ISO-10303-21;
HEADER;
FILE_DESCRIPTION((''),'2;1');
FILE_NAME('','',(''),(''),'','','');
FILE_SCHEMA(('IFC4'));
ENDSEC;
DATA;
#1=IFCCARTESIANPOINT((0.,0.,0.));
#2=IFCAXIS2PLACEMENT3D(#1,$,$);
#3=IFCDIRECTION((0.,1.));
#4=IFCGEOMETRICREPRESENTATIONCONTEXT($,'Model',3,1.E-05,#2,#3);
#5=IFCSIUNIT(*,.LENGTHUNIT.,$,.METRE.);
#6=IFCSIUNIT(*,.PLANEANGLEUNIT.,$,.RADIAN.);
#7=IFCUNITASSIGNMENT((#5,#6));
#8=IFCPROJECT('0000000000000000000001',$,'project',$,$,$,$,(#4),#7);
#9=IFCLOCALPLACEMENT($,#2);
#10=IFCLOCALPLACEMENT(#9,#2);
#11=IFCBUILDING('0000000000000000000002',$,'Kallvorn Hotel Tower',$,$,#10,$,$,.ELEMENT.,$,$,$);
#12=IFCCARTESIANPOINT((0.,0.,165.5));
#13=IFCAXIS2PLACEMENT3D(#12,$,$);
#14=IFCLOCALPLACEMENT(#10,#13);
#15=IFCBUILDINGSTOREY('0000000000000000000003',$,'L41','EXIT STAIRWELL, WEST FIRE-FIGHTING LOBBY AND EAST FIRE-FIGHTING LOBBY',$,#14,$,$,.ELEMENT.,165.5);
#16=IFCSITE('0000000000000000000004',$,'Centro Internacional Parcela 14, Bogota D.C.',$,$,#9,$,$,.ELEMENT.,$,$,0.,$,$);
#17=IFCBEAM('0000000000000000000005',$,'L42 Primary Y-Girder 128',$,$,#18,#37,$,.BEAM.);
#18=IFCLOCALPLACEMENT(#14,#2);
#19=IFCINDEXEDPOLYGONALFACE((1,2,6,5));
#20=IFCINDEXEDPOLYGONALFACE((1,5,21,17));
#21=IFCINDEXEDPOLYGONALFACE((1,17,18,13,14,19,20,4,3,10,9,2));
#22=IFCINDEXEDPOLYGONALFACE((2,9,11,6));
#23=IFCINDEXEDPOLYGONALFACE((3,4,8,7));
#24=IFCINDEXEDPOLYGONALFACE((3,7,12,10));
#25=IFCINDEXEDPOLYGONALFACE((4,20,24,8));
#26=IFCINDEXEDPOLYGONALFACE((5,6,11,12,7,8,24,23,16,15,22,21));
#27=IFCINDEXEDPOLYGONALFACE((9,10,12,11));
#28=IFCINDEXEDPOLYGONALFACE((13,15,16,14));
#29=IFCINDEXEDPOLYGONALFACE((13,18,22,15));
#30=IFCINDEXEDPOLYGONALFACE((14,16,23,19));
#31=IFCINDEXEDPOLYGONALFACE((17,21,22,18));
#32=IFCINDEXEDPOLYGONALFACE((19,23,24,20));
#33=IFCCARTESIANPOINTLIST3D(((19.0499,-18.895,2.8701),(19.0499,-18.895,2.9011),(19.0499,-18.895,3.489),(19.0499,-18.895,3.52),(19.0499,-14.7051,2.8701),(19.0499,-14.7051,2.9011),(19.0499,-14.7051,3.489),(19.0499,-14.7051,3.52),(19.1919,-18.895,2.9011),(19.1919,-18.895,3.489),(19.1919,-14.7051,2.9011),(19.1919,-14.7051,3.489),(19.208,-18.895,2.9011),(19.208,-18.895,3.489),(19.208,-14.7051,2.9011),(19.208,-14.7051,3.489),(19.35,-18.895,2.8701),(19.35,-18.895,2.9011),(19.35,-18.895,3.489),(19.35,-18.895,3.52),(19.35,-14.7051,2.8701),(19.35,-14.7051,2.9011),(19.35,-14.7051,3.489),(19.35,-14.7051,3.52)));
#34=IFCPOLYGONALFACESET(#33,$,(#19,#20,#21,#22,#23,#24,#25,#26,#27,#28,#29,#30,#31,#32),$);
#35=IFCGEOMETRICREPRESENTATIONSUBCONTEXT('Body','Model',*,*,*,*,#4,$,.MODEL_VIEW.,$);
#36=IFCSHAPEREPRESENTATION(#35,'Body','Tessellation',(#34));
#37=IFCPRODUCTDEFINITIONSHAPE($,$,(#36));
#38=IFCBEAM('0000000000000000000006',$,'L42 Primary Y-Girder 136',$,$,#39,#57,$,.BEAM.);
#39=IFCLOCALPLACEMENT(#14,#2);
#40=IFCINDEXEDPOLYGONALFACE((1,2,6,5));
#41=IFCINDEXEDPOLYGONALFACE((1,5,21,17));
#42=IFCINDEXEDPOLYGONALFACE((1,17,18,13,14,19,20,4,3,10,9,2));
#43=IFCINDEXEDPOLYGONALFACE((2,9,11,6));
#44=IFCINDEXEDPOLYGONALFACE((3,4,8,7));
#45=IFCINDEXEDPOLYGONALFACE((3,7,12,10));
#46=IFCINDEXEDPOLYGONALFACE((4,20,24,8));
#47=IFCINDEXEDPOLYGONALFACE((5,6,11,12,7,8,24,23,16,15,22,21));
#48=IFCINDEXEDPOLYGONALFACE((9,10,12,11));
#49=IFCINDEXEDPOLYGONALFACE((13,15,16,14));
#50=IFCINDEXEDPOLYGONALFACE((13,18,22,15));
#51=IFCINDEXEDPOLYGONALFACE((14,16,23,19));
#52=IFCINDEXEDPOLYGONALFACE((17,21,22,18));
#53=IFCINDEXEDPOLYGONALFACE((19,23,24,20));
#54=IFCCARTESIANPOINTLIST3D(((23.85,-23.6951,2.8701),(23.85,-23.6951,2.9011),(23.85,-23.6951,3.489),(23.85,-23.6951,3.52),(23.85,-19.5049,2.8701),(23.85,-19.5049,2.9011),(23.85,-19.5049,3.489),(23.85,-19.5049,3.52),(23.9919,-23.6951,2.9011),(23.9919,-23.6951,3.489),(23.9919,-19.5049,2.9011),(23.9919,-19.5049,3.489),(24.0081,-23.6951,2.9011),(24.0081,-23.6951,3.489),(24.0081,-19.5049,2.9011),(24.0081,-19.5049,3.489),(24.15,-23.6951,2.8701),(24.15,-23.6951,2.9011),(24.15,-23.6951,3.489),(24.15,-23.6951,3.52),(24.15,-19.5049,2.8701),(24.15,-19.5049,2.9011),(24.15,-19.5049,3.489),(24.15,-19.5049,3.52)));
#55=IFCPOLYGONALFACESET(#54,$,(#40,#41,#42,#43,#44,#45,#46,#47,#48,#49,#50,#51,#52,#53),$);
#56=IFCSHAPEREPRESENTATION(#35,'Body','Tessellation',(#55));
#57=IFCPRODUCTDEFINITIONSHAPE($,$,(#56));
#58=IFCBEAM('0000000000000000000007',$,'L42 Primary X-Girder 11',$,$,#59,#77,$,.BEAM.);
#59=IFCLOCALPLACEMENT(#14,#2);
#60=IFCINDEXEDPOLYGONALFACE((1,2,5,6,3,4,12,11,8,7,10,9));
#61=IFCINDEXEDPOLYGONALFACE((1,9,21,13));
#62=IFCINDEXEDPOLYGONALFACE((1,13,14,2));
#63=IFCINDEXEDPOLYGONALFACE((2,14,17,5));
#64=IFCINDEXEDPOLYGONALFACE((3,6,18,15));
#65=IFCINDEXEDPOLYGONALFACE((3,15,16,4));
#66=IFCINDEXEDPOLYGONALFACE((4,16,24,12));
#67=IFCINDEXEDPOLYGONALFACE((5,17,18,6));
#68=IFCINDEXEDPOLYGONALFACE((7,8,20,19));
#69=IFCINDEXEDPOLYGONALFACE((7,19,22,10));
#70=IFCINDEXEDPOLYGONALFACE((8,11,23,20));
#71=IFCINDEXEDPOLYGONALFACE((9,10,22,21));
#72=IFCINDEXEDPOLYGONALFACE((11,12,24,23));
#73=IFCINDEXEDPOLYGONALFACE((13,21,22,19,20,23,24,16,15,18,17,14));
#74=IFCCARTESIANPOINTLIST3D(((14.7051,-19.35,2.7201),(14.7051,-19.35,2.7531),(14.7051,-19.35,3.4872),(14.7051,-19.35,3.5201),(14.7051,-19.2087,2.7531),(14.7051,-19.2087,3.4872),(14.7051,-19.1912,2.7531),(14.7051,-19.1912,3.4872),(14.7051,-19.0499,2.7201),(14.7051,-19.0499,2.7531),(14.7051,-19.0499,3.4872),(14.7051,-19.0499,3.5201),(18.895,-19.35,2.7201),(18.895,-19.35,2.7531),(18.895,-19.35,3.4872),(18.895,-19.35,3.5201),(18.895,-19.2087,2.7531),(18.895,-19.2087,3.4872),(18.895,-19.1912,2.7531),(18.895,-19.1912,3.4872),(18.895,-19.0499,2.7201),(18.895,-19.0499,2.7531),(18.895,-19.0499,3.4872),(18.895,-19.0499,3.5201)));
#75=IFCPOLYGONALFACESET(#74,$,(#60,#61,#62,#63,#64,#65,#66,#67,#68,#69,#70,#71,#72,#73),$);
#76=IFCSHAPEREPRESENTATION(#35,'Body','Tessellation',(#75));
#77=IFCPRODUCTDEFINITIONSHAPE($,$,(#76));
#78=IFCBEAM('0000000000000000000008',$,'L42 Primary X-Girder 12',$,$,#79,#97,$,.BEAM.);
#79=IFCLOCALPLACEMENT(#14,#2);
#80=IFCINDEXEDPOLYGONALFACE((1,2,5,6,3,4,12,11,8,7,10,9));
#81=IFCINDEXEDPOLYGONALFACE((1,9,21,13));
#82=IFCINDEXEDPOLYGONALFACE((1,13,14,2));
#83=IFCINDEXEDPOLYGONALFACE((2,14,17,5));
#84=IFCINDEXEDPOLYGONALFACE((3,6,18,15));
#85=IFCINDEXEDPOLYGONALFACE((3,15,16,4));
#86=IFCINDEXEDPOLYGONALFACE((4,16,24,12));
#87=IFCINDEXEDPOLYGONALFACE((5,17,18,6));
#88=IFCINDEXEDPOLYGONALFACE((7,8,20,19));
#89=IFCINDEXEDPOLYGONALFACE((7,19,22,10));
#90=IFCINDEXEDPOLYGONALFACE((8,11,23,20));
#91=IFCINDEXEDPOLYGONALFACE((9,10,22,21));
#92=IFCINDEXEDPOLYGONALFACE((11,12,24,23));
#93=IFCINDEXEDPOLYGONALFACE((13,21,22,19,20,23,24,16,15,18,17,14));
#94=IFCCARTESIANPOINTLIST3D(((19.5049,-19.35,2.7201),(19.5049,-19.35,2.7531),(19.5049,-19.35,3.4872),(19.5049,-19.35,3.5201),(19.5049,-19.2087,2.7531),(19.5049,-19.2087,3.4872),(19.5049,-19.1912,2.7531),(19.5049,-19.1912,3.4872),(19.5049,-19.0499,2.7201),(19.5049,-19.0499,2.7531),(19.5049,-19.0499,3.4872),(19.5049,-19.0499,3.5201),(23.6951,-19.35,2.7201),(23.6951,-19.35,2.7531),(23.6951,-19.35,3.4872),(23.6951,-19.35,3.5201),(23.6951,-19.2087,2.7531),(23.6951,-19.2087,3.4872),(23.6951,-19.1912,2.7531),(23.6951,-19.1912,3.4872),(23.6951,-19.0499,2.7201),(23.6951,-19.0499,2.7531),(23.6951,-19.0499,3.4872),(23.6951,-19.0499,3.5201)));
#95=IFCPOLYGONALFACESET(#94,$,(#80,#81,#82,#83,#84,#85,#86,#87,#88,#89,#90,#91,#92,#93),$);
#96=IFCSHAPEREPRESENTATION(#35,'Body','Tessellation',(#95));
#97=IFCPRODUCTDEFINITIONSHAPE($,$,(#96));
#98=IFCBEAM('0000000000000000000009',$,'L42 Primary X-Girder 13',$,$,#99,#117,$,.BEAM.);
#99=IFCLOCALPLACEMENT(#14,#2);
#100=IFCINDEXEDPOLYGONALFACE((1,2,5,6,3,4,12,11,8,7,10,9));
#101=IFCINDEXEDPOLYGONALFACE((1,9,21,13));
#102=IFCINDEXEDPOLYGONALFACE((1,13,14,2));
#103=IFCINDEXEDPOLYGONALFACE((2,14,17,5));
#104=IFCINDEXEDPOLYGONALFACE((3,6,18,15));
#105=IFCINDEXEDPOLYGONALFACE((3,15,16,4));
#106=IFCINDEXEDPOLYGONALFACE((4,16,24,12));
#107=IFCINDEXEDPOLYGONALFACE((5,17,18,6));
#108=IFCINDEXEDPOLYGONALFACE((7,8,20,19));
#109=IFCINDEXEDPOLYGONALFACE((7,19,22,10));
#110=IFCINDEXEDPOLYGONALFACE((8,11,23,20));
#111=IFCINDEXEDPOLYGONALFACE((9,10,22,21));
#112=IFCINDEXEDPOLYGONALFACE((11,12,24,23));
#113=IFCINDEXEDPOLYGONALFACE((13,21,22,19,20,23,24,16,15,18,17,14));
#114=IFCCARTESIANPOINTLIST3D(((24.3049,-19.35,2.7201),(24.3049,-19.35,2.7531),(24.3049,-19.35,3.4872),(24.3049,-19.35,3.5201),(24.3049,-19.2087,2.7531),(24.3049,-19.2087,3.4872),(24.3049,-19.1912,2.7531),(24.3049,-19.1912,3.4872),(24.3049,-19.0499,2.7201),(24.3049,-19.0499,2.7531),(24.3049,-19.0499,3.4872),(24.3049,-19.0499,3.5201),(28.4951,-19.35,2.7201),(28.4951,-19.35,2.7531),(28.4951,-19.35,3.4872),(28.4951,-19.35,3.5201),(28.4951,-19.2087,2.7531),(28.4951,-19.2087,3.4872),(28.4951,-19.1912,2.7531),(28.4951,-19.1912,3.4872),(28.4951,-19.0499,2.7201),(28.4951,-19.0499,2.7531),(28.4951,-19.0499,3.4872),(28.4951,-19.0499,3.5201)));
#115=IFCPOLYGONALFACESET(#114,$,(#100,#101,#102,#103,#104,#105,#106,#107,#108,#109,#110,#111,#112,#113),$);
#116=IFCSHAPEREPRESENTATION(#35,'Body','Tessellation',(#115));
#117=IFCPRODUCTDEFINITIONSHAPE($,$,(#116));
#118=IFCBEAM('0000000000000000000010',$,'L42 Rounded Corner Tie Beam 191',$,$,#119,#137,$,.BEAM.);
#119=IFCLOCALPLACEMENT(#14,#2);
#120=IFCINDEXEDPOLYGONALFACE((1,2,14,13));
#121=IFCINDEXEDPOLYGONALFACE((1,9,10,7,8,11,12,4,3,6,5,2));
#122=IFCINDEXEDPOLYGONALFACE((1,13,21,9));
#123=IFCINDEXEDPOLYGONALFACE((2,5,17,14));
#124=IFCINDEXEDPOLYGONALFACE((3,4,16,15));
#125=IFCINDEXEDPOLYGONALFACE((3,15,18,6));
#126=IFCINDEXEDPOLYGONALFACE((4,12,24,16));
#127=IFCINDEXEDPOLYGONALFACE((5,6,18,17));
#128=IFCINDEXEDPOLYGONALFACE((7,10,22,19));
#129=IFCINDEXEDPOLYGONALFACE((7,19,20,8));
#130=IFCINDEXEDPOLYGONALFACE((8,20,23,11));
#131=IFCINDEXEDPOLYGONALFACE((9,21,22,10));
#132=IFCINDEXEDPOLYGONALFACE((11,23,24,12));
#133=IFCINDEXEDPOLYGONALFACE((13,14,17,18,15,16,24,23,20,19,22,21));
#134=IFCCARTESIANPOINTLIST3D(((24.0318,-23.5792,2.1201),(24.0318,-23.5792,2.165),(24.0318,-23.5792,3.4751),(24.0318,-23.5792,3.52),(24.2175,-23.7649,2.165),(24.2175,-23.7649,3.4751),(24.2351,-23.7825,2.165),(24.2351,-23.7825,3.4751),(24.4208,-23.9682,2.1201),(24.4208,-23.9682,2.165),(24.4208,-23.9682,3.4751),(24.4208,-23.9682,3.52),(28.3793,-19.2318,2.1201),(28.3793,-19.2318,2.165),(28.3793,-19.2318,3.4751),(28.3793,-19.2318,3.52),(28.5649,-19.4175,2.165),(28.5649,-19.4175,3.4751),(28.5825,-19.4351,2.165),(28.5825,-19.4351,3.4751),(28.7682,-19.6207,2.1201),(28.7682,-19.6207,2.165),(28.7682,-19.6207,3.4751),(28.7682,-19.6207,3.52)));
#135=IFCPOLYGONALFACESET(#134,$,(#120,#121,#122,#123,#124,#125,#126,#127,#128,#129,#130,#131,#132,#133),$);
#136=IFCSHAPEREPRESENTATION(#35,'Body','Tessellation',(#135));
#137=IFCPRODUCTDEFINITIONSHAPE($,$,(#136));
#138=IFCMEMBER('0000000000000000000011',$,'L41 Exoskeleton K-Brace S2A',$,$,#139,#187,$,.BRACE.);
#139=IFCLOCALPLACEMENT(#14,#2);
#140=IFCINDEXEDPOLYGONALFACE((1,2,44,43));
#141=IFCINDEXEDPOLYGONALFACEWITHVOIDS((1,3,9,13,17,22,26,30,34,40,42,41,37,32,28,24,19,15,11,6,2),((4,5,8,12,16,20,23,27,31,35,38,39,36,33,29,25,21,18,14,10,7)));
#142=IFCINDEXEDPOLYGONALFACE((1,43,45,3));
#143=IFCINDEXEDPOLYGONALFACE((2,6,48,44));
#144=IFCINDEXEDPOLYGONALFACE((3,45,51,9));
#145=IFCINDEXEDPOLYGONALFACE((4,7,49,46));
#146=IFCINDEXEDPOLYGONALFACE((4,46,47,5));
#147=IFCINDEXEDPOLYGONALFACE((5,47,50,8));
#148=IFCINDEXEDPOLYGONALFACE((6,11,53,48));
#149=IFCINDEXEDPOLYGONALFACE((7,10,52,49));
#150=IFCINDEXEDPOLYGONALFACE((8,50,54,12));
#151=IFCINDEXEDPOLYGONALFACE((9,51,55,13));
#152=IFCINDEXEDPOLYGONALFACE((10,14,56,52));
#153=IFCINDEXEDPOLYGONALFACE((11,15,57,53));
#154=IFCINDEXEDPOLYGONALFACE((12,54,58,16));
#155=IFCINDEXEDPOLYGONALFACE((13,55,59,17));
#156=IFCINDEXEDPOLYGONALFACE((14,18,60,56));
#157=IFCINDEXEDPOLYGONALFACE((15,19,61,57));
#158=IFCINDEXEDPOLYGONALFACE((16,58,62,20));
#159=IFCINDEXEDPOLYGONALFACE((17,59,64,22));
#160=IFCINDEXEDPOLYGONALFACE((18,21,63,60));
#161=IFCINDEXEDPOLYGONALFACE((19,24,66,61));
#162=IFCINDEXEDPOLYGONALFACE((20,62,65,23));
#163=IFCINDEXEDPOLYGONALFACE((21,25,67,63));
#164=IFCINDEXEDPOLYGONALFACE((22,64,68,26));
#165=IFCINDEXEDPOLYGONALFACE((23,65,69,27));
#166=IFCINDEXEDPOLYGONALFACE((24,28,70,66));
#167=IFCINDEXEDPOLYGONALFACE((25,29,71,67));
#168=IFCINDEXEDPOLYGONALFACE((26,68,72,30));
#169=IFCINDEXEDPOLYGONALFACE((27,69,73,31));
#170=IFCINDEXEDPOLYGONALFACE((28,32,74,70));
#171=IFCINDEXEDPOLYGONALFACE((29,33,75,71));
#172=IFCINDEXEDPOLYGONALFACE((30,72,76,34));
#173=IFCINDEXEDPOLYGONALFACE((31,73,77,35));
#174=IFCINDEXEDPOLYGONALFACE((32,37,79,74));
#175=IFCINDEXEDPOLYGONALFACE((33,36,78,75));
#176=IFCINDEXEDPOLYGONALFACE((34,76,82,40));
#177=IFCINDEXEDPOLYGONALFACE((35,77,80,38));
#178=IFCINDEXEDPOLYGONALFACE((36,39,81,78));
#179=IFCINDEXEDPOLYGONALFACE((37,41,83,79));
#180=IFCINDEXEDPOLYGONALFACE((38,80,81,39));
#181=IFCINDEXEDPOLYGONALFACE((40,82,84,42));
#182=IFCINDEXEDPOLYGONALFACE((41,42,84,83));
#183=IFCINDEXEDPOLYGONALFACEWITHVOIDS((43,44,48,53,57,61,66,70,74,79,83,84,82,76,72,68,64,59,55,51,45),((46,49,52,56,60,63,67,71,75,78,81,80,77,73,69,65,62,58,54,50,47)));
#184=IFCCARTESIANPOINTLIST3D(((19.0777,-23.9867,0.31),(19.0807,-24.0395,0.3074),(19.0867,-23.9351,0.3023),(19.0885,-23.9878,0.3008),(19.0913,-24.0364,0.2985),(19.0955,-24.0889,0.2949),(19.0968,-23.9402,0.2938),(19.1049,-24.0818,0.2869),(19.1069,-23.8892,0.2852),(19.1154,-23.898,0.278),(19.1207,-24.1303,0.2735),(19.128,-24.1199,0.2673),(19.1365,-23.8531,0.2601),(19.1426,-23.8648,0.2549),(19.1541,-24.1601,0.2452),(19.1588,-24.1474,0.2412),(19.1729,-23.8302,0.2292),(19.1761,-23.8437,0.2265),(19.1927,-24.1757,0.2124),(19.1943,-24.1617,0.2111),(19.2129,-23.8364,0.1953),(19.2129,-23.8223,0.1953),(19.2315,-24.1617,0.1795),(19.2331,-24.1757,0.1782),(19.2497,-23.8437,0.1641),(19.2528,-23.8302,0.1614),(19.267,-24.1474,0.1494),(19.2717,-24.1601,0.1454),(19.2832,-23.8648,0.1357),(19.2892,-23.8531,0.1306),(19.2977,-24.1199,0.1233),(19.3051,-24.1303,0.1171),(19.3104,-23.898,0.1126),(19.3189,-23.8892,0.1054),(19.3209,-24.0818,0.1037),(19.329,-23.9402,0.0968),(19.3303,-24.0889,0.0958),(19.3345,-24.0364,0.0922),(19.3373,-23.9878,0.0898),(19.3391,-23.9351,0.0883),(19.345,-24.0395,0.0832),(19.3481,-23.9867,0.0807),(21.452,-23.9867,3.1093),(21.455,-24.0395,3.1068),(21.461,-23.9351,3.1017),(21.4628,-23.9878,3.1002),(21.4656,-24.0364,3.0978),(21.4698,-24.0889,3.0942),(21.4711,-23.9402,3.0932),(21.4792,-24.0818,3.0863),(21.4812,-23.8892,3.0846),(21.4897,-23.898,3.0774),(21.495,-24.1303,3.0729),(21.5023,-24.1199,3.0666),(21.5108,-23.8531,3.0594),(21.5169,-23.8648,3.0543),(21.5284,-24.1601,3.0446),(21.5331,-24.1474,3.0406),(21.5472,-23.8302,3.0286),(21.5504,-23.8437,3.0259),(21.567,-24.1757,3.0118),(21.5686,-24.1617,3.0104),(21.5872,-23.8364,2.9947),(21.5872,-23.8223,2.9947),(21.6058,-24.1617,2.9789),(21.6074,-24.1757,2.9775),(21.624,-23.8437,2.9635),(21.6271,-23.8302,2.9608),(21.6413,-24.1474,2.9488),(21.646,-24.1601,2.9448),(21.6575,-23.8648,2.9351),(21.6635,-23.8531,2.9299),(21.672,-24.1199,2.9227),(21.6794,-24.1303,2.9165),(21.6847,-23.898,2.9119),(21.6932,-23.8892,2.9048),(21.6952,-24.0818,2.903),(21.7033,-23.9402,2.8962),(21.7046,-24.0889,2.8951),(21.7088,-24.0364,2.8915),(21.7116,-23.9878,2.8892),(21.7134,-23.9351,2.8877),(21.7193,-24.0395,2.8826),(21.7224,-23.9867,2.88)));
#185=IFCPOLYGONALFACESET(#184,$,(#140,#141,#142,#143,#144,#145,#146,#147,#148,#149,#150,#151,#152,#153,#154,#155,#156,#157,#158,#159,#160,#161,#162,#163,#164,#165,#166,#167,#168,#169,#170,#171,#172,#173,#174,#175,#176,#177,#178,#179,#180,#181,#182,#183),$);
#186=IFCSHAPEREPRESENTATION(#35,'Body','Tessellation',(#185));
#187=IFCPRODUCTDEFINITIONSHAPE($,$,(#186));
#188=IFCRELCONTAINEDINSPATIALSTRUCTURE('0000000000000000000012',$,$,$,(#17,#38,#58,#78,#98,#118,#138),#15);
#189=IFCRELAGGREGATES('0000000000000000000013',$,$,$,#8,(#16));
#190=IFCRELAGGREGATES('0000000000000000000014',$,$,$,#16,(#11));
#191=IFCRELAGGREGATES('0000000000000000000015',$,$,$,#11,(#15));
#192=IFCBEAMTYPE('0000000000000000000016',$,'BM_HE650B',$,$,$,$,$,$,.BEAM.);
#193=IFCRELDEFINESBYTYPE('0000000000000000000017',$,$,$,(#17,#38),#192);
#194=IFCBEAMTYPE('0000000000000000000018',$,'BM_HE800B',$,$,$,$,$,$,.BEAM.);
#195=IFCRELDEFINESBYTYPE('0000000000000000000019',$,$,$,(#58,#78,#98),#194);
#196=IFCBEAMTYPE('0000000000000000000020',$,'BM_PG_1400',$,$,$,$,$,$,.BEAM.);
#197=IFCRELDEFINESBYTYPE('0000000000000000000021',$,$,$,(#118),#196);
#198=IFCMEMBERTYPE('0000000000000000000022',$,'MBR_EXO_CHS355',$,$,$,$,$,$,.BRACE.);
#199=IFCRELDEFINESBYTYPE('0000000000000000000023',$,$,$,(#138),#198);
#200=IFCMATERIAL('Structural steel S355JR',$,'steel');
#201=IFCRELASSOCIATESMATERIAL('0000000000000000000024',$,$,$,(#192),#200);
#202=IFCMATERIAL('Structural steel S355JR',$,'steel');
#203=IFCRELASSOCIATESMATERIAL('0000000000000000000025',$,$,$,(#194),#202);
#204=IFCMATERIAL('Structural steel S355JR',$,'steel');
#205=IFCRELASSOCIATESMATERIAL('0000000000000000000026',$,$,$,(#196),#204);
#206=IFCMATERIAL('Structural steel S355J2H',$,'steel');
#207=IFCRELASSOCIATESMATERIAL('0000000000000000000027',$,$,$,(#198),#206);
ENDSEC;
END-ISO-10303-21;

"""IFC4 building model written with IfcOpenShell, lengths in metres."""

from ifc_helpers import new_model, si_unit, direction, frame, origin, origin_2d, place, context, subcontext, project, spatial, hollow_circle, i_section, extrude, material, material_profile, profile_set, type_object, element, save


model = new_model("IFC4")

# Units and contexts
model_context = context("Model", 3, precision=1e-05, world=origin(), true_north=direction((0.0, 1.0)))
body_context = subcontext(model_context, "Body", "Model", "MODEL_VIEW")
ifc_project = project(units=[si_unit("LENGTHUNIT", "METRE"), si_unit("PLANEANGLEUNIT", "RADIAN")], contexts=[model_context])

# Site, building, storey
site_placement = place(None, origin())
site = spatial("IfcSite", under=ifc_project, at=site_placement, Name="Centro Internacional Parcela 14, Bogota D.C.", CompositionType="ELEMENT", RefElevation=0.0)
building_placement = place(site_placement, origin())
building = spatial("IfcBuilding", under=site, at=building_placement, Name="Kallvorn Hotel Tower", CompositionType="ELEMENT")
storey_placement = place(building_placement, frame((0.0, 0.0, 165.5)))
storey = spatial("IfcBuildingStorey", under=building, at=storey_placement, Name="L41", Description="EXIT STAIRWELL, WEST FIRE-FIGHTING LOBBY AND EAST FIRE-FIGHTING LOBBY", CompositionType="ELEMENT", Elevation=165.5)

# Beams
ifc_material_1 = material(Name="Structural steel S355JR", Category="steel")
ifc_material_profile_1 = material_profile(ifc_material_1, i_section(OverallWidth=0.3, OverallDepth=0.6499, WebThickness=0.0161, FlangeThickness=0.031, at=origin_2d()), Name="HE 650 B")
ifc_profile_set_1 = profile_set([ifc_material_profile_1], Name="Structural steel S355JR")
beam_type_1 = type_object("IfcBeamType", Name="BM_HE650B", PredefinedType="BEAM", material=ifc_profile_set_1)
beam_1_placement = place(storey_placement, frame((19.2, -18.895, 3.1951), z_axis=(0.0, 1.0, 0.0), x_axis=(-1.0, 0.0, 0.0)))
element("IfcBeam", 1, at=beam_1_placement, inside=storey, type_object=beam_type_1, Name="L42 Primary Y-Girder 128", PredefinedType="BEAM", context=body_context, shape_type="SweptSolid", body=[
    extrude(i_section(OverallWidth=0.3, OverallDepth=0.6499, WebThickness=0.0161, FlangeThickness=0.031, at=origin_2d()), origin(), (0.0, 0.0, 1.0), 4.1899),
])
beam_2_placement = place(storey_placement, frame((24.0, -23.6951, 3.1951), z_axis=(0.0, 1.0, 0.0), x_axis=(-1.0, 0.0, 0.0)))
element("IfcBeam", 2, at=beam_2_placement, inside=storey, type_object=beam_type_1, Name="L42 Primary Y-Girder 136", PredefinedType="BEAM", context=body_context, shape_type="SweptSolid", body=[
    extrude(i_section(OverallWidth=0.3, OverallDepth=0.6499, WebThickness=0.0161, FlangeThickness=0.031, at=origin_2d()), origin(), (0.0, 0.0, 1.0), 4.1902),
])
ifc_material_2 = material(Name="Structural steel S355JR", Category="steel")
ifc_material_profile_2 = material_profile(ifc_material_2, i_section(OverallWidth=0.3, OverallDepth=0.8, WebThickness=0.0176, FlangeThickness=0.033, at=origin_2d()), Name="HE 800 B")
ifc_profile_set_2 = profile_set([ifc_material_profile_2], Name="Structural steel S355JR")
beam_type_2 = type_object("IfcBeamType", Name="BM_HE800B", PredefinedType="BEAM", material=ifc_profile_set_2)
beam_3_placement = place(storey_placement, frame((14.7051, -19.2, 3.1201), z_axis=(1.0, 0.0, 0.0), x_axis=(0.0, 1.0, 0.0)))
element("IfcBeam", 3, at=beam_3_placement, inside=storey, type_object=beam_type_2, Name="L42 Primary X-Girder 11", PredefinedType="BEAM", context=body_context, shape_type="SweptSolid", body=[
    extrude(i_section(OverallWidth=0.3, OverallDepth=0.8, WebThickness=0.0176, FlangeThickness=0.033, at=origin_2d()), origin(), (0.0, 0.0, 1.0), 4.1899),
])
for number, where, z_axis, x_axis, name in (
    (4, (19.5049, -19.2, 3.1201), (1.0, 0.0, 0.0), (0.0, 1.0, 0.0), "L42 Primary X-Girder 12"),
    (5, (24.3049, -19.2, 3.1201), (1.0, 0.0, 0.0), (0.0, 1.0, 0.0), "L42 Primary X-Girder 13"),
):
    element("IfcBeam", number, at=place(storey_placement, frame(where, z_axis=z_axis, x_axis=x_axis)), inside=storey, type_object=beam_type_2, Name=name, PredefinedType="BEAM", context=body_context, shape_type="SweptSolid", body=[
        extrude(i_section(OverallWidth=0.3, OverallDepth=0.8, WebThickness=0.0176, FlangeThickness=0.033, at=origin_2d()), origin(), (0.0, 0.0, 1.0), 4.1902),
    ])
ifc_material_3 = material(Name="Structural steel S355JR", Category="steel")
ifc_material_profile_3 = material_profile(ifc_material_3, i_section(OverallWidth=0.55, OverallDepth=1.3999, WebThickness=0.0249, FlangeThickness=0.0449, at=origin_2d()), Name="PG 1400x550x25x45")
ifc_profile_set_3 = profile_set([ifc_material_profile_3], Name="Structural steel S355JR")
beam_type_3 = type_object("IfcBeamType", Name="BM_PG_1400", PredefinedType="BEAM", material=ifc_profile_set_3)
beam_4_placement = place(storey_placement, frame((28.5737, -19.4263, 2.8201), z_axis=(-0.707107, -0.707107, 0.0), x_axis=(0.707107, -0.707107, 0.0)))
element("IfcBeam", 6, at=beam_4_placement, inside=storey, type_object=beam_type_3, Name="L42 Rounded Corner Tie Beam 191", PredefinedType="BEAM", context=body_context, shape_type="SweptSolid", body=[
    extrude(i_section(OverallWidth=0.55, OverallDepth=1.3999, WebThickness=0.0249, FlangeThickness=0.0449, at=origin_2d()), origin(), (0.0, 0.0, 1.0), 6.1482),
])

# Member
ifc_material_4 = material(Name="Structural steel S355J2H", Category="steel")
ifc_material_profile_4 = material_profile(ifc_material_4, hollow_circle(Radius=0.1777, WallThickness=0.0142, at=origin_2d()), Name="CHS 355.6x14.2")
ifc_profile_set_4 = profile_set([ifc_material_profile_4], Name="Structural steel S355J2H")
member_type = type_object("IfcMemberType", Name="MBR_EXO_CHS355", PredefinedType="BRACE", material=ifc_profile_set_4)
for number, where, z_axis, x_axis, name in (
    (7, (19.2129, -24.0, 0.1953), (0.646833, 0.0, 0.762631), (0.0, 1.0, 0.0), "L41 Exoskeleton K-Brace S2A"),
):
    element("IfcMember", number, at=place(storey_placement, frame(where, z_axis=z_axis, x_axis=x_axis)), inside=storey, type_object=member_type, Name=name, PredefinedType="BRACE", context=body_context, shape_type="SweptSolid", body=[
        extrude(hollow_circle(Radius=0.1777, WallThickness=0.0142, at=origin_2d()), origin(), (0.0, 0.0, 1.0), 3.6707),
    ])

save(model, "model.ifc")
